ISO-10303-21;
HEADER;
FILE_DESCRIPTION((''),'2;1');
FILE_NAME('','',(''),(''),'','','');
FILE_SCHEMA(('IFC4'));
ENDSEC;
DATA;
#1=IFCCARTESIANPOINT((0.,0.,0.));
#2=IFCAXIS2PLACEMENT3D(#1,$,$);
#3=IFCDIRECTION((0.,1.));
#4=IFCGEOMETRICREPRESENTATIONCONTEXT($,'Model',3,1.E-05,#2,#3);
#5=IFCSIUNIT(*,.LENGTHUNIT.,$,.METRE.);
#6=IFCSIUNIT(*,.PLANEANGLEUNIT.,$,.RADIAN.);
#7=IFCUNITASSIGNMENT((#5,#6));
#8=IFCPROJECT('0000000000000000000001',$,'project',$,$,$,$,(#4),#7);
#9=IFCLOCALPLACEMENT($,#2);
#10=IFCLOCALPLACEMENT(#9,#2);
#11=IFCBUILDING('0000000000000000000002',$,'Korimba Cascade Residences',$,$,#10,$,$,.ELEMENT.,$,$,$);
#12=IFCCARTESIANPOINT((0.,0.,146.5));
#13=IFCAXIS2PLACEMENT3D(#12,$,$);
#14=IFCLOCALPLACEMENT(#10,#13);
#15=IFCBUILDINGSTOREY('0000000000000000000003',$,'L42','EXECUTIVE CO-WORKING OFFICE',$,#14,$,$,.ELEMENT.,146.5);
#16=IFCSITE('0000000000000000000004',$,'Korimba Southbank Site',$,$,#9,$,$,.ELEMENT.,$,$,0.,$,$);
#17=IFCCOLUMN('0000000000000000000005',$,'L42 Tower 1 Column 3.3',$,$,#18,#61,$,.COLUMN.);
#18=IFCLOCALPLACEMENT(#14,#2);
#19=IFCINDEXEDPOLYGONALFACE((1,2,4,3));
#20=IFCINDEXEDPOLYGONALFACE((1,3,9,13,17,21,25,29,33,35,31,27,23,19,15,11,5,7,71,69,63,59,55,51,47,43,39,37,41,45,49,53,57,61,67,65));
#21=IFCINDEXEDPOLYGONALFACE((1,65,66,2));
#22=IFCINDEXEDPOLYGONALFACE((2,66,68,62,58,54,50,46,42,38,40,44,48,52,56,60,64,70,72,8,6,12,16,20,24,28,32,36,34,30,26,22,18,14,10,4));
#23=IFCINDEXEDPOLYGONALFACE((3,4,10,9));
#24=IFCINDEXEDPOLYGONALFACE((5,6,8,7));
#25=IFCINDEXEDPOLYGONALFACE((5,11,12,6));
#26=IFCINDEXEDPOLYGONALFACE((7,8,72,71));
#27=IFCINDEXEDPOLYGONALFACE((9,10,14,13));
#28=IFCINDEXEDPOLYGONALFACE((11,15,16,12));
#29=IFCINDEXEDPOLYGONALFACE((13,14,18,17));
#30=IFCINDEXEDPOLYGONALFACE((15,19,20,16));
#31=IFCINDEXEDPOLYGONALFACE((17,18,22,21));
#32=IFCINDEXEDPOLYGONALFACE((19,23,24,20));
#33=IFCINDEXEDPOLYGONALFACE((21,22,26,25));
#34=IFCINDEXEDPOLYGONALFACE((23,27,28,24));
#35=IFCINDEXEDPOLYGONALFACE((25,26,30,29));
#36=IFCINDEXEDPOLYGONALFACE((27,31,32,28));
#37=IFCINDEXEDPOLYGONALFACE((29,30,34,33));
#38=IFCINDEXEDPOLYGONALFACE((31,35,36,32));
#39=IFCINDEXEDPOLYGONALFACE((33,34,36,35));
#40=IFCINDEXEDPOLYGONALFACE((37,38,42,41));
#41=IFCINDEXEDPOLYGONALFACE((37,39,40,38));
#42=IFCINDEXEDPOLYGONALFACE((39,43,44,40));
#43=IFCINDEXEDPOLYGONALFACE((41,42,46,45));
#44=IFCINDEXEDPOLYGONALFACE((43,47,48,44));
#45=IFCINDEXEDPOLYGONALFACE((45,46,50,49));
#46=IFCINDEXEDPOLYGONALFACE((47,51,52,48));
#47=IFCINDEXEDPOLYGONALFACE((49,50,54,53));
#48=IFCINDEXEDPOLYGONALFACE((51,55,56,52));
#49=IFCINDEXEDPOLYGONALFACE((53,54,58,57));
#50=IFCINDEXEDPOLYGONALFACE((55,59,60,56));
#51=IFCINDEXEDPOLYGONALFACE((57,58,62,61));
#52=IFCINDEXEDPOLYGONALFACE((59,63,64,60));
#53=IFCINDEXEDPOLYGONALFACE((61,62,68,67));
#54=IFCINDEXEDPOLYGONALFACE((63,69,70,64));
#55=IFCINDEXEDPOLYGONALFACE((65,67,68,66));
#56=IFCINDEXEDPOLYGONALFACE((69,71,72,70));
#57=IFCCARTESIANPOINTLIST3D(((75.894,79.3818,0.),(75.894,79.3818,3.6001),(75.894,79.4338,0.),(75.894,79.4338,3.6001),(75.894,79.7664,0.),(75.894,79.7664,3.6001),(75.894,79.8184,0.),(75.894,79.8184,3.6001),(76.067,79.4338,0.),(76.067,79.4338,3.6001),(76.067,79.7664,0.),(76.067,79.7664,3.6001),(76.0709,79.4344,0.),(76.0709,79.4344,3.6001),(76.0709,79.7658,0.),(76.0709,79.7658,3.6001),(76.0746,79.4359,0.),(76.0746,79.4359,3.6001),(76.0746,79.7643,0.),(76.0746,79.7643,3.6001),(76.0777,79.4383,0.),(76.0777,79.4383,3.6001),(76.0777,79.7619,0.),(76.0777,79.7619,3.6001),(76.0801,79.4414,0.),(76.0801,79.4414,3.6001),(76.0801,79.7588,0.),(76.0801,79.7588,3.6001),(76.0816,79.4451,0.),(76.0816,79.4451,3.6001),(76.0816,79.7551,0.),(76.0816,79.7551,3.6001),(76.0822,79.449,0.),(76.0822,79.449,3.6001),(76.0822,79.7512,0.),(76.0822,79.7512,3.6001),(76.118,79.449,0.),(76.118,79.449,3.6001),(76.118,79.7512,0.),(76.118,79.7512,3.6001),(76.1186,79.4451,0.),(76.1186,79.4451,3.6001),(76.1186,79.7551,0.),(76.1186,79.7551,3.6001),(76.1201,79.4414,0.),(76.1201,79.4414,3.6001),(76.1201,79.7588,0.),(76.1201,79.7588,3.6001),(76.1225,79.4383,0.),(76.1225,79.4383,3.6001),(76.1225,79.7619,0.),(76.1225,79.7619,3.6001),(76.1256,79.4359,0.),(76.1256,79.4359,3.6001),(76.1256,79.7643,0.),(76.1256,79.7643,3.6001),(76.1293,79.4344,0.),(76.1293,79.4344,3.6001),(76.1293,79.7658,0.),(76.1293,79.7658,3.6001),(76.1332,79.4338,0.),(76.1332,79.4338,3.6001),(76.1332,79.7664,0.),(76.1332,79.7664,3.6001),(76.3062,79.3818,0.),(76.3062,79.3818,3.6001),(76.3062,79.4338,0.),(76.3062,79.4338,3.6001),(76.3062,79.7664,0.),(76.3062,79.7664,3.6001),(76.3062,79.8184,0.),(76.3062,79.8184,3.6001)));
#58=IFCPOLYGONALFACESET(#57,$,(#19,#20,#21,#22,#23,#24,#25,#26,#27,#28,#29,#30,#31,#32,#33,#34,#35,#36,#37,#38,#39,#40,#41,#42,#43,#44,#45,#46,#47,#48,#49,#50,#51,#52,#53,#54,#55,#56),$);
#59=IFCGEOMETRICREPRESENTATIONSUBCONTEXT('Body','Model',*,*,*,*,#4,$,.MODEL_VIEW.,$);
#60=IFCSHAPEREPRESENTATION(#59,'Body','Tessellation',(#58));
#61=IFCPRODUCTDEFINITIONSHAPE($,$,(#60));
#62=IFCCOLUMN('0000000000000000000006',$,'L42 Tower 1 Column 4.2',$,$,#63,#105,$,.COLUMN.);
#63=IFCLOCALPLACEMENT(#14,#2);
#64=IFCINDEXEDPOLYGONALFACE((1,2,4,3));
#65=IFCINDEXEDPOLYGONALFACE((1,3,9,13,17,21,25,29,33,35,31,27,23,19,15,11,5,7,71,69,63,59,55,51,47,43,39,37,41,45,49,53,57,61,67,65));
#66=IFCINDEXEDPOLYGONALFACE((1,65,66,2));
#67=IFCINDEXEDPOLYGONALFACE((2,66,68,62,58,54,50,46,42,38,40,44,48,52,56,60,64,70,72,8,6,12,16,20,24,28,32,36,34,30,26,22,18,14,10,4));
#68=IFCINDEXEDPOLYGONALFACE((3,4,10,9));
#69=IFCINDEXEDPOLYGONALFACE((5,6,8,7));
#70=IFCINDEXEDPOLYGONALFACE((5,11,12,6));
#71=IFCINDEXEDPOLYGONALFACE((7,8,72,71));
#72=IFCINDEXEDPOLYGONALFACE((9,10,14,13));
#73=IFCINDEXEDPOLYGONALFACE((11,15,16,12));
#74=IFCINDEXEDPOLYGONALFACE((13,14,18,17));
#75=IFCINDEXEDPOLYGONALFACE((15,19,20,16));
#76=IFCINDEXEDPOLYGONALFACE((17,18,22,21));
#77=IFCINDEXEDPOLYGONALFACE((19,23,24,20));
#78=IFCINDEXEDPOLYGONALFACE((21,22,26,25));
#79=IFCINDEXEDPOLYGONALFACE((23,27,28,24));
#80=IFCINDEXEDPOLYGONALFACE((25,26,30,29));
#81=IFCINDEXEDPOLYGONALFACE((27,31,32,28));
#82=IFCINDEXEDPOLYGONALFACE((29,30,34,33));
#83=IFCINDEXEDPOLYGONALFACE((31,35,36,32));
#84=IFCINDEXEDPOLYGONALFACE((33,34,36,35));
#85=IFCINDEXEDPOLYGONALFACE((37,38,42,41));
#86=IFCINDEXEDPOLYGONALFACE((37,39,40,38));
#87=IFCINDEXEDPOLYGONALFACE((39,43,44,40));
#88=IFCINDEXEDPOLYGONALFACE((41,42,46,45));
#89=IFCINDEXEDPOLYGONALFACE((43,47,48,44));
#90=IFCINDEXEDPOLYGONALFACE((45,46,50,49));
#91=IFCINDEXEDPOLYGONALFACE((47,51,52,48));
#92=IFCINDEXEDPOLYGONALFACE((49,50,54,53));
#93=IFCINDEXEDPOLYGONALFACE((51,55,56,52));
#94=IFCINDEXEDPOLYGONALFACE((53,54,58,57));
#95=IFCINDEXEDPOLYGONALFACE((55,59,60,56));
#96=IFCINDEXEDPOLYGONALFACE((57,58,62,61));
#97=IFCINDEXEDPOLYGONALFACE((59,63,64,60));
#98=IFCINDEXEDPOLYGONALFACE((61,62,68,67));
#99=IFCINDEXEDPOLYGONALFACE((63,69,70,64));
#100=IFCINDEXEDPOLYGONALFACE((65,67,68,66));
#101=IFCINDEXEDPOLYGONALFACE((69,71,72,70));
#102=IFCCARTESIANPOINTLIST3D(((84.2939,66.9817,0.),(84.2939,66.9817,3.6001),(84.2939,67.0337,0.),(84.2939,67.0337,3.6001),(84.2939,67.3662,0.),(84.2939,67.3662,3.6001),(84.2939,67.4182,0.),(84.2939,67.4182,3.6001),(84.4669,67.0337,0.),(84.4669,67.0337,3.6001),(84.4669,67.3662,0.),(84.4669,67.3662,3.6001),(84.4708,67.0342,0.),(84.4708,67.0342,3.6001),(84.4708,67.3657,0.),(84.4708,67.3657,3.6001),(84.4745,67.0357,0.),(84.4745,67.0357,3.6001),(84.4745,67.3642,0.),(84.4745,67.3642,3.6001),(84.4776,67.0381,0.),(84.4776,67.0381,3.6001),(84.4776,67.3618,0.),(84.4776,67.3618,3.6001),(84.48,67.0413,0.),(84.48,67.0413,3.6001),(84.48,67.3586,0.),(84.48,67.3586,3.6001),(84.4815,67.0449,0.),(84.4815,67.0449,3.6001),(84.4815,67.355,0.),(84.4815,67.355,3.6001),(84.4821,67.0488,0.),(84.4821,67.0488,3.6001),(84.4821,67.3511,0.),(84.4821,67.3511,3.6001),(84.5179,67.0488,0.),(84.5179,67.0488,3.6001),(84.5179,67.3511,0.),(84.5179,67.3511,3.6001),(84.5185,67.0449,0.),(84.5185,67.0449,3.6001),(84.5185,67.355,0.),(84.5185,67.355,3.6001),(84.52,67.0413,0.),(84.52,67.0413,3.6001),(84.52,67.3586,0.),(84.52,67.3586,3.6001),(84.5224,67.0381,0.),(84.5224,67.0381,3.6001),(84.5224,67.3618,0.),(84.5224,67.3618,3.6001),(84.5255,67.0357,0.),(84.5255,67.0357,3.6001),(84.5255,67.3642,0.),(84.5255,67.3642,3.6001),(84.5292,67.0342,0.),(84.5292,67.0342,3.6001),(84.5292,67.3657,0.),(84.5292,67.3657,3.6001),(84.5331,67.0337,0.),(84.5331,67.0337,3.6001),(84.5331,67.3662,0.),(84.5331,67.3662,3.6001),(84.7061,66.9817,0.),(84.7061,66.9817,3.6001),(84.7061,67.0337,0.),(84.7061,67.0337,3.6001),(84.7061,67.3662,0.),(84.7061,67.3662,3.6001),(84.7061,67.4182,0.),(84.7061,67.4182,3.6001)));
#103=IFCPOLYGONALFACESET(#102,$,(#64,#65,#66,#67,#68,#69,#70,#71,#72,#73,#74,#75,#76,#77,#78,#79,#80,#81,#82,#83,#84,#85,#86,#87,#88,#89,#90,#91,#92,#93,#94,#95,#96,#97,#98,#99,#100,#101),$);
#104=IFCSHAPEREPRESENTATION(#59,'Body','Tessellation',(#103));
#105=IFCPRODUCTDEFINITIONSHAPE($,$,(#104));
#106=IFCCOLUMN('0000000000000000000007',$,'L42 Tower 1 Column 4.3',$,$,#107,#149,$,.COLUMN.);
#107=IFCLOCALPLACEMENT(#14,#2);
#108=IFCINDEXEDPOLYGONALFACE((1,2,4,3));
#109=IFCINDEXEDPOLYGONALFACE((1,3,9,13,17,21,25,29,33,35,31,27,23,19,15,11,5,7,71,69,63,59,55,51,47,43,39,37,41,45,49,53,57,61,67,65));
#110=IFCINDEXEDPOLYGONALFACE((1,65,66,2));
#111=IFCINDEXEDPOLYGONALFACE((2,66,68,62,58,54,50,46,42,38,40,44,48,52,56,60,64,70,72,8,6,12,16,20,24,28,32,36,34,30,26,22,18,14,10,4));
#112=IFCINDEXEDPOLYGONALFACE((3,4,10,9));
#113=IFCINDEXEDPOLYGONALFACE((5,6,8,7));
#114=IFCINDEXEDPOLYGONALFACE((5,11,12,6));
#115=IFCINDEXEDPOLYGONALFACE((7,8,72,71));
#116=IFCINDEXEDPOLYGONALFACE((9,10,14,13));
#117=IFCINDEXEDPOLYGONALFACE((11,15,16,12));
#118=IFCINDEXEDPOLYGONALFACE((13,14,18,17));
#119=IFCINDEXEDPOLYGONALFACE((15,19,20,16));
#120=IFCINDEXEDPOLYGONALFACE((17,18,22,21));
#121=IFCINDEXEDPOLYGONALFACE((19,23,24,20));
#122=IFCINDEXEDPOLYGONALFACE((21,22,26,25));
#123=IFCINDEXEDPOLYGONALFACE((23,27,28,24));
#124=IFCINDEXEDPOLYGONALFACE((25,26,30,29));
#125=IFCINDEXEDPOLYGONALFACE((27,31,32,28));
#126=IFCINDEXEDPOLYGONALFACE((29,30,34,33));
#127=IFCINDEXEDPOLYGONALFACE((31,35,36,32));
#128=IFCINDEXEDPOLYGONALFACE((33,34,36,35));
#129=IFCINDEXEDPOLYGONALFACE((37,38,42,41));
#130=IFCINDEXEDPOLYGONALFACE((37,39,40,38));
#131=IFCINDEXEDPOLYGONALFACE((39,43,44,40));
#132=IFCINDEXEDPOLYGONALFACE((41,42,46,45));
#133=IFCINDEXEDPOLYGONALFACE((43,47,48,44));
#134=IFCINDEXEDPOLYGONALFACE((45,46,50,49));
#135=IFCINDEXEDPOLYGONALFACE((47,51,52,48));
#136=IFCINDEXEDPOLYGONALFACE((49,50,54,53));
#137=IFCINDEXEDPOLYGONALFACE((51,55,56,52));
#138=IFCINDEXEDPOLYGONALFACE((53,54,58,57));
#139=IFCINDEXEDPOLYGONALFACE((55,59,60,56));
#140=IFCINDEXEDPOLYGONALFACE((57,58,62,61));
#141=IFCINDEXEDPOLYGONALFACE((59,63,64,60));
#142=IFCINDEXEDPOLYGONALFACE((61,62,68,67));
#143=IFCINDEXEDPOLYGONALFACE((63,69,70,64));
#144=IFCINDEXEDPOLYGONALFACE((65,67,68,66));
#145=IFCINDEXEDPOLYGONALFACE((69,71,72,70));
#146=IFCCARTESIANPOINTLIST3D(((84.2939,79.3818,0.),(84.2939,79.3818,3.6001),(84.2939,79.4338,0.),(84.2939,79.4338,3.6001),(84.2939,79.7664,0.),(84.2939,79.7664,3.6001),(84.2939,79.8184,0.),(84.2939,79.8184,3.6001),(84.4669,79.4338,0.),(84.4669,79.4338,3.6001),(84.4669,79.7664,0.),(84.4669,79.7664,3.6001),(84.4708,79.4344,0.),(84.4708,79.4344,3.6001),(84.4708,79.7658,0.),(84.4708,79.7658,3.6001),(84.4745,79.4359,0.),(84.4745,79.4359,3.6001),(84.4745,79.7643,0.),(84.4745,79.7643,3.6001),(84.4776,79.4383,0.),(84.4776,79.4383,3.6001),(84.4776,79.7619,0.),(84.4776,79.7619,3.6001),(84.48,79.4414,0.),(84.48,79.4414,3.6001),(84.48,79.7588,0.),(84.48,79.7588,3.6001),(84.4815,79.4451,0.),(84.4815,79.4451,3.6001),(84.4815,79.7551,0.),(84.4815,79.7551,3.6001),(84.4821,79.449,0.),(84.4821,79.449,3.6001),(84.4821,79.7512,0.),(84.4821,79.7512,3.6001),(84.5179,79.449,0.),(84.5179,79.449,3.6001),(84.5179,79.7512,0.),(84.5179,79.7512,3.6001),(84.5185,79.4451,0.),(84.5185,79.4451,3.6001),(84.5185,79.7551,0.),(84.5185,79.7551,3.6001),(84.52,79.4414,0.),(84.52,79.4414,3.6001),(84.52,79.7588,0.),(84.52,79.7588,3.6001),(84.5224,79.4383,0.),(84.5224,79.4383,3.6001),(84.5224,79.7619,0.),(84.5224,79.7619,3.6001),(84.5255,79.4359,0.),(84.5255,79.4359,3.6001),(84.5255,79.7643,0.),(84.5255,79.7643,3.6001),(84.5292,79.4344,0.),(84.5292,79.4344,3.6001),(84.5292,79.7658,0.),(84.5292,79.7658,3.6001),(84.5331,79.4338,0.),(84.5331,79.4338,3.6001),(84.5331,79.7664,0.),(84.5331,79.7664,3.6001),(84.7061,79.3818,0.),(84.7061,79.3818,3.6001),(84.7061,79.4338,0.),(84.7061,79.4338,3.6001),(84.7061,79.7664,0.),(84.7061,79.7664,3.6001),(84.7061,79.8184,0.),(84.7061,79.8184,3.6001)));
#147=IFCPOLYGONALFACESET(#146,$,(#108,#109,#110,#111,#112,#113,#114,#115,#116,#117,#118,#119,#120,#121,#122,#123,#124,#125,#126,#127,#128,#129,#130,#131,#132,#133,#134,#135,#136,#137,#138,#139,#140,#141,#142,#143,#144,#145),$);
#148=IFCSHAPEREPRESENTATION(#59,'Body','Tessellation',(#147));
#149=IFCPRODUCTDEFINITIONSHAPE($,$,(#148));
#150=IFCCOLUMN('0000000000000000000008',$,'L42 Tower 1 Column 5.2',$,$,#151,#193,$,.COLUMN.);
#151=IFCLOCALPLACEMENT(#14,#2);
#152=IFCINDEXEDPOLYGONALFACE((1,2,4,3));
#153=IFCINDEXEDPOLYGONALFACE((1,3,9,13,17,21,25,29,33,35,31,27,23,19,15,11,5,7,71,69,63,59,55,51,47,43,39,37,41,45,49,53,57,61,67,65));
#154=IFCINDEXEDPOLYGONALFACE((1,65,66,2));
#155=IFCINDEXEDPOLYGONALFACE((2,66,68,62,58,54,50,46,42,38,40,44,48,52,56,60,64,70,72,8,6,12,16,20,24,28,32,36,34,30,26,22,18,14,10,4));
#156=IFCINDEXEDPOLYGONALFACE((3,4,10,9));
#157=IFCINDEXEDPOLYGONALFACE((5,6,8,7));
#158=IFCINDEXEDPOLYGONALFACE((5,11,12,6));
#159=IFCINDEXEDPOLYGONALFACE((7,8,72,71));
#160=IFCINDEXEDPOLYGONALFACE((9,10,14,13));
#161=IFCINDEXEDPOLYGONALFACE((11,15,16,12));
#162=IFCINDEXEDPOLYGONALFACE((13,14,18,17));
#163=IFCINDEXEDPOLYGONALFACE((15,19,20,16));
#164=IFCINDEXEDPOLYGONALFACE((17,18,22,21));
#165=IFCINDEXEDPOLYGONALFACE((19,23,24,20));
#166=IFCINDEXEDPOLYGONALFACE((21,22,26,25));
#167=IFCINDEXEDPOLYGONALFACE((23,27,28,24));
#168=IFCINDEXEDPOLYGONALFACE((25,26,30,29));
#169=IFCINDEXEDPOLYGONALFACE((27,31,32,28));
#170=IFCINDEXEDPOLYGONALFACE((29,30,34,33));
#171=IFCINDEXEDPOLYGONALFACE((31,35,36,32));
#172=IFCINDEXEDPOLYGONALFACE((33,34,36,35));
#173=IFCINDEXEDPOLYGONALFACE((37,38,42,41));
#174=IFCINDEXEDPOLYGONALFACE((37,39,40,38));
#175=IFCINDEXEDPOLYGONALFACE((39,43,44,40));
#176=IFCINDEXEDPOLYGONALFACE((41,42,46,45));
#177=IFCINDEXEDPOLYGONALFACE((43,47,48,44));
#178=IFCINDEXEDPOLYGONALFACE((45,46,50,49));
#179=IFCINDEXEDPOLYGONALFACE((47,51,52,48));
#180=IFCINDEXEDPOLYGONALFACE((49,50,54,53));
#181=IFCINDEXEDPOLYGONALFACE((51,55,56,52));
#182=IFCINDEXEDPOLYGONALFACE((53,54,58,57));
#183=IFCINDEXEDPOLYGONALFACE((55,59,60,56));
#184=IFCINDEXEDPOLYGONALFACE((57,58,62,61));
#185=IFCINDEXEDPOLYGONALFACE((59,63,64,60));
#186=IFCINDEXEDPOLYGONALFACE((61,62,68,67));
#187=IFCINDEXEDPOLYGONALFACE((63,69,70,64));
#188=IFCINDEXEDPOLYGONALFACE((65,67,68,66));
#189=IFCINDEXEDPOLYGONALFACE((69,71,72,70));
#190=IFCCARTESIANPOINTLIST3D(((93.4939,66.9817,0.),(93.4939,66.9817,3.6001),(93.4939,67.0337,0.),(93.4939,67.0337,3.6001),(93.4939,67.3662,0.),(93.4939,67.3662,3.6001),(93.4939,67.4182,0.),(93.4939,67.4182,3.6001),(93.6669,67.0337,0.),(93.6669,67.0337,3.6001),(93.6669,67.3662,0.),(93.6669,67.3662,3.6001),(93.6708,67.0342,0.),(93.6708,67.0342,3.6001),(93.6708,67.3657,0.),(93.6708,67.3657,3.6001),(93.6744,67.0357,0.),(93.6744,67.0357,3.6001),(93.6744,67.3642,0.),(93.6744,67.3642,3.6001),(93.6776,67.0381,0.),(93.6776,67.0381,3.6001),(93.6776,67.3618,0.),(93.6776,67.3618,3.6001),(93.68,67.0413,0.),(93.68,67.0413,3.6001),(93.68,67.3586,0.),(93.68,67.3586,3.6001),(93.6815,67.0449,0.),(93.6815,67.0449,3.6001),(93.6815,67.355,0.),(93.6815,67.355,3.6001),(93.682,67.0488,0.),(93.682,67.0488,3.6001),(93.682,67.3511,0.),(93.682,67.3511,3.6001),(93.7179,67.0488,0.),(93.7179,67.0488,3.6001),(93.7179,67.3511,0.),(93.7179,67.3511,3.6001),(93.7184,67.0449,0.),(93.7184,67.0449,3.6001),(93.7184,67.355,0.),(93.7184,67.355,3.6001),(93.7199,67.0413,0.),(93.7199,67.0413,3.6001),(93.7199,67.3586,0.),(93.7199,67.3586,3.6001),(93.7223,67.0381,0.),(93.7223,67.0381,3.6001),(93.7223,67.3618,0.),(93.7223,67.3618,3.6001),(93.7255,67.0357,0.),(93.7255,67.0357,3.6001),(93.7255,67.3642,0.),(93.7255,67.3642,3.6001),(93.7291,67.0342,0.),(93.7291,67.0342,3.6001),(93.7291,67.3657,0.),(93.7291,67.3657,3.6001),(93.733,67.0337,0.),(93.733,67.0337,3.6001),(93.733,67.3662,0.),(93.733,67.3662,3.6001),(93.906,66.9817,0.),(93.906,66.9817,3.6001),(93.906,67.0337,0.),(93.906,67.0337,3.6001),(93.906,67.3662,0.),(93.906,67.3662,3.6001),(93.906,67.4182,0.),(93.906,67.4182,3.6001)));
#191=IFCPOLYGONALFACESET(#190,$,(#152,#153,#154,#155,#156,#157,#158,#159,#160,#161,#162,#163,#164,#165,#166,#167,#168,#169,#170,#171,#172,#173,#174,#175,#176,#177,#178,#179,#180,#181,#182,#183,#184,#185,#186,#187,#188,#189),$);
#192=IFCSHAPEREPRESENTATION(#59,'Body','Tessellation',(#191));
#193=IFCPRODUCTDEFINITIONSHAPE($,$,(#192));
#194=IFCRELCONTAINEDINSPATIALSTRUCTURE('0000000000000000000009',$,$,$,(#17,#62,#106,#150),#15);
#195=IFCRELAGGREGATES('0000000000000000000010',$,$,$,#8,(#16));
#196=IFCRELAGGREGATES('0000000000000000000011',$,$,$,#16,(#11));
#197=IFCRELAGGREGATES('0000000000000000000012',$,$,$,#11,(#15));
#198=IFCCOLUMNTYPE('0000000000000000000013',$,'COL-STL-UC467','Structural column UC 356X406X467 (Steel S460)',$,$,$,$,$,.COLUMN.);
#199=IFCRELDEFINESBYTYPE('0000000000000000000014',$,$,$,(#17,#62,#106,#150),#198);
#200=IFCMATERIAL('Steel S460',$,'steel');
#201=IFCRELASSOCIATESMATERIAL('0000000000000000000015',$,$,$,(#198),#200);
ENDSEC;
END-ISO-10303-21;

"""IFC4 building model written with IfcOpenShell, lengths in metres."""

from ifc_helpers import new_model, si_unit, direction, frame, origin, origin_2d, place, context, subcontext, project, spatial, i_section, extrude, material, material_profile, profile_set, type_object, element, save


model = new_model("IFC4")

# Units and contexts
model_context = context("Model", 3, precision=1e-05, world=origin(), true_north=direction((0.0, 1.0)))
body_context = subcontext(model_context, "Body", "Model", "MODEL_VIEW")
ifc_project = project(units=[si_unit("LENGTHUNIT", "METRE"), si_unit("PLANEANGLEUNIT", "RADIAN")], contexts=[model_context])

# Site, building, storey
site_placement = place(None, origin())
site = spatial("IfcSite", under=ifc_project, at=site_placement, Name="Korimba Southbank Site", CompositionType="ELEMENT", RefElevation=0.0)
building_placement = place(site_placement, origin())
building = spatial("IfcBuilding", under=site, at=building_placement, Name="Korimba Cascade Residences", CompositionType="ELEMENT")
storey_placement = place(building_placement, frame((0.0, 0.0, 146.5)))
storey = spatial("IfcBuildingStorey", under=building, at=storey_placement, Name="L42", Description="EXECUTIVE CO-WORKING OFFICE", CompositionType="ELEMENT", Elevation=146.5)

# Columns
ifc_material_1 = material(Name="Steel S460", Category="steel")
ifc_material_profile_1 = material_profile(ifc_material_1, i_section(OverallWidth=0.4121, OverallDepth=0.4365, WebThickness=0.0359, FlangeThickness=0.052, FilletRadius=0.0151, at=origin_2d()), Name="Steel S460")
ifc_profile_set_1 = profile_set([ifc_material_profile_1], Name="Steel S460")
column_type = type_object("IfcColumnType", Name="COL-STL-UC467", Description="Structural column UC 356X406X467 (Steel S460)", PredefinedType="COLUMN", material=ifc_profile_set_1)
for number, where, z_axis, x_axis, name in (
    (1, (76.1001, 79.6001, 0.0), (0.0, 0.0, 1.0), (1.0, 0.0, 0.0), "L42 Tower 1 Column 3.3"),
    (2, (84.5, 67.2, 0.0), (0.0, 0.0, 1.0), (1.0, 0.0, 0.0), "L42 Tower 1 Column 4.2"),
    (3, (84.5, 79.6001, 0.0), (0.0, 0.0, 1.0), (1.0, 0.0, 0.0), "L42 Tower 1 Column 4.3"),
    (4, (93.7, 67.2, 0.0), (0.0, 0.0, 1.0), (1.0, 0.0, 0.0), "L42 Tower 1 Column 5.2"),
):
    element("IfcColumn", number, at=place(storey_placement, frame(where, z_axis=z_axis, x_axis=x_axis)), inside=storey, type_object=column_type, Name=name, PredefinedType="COLUMN", context=body_context, shape_type="SweptSolid", body=[
        extrude(i_section(OverallWidth=0.4121, OverallDepth=0.4365, WebThickness=0.0359, FlangeThickness=0.052, FilletRadius=0.0151, at=origin_2d()), origin(), (0.0, 0.0, 1.0), 3.6001),
    ])

save(model, "model.ifc")
